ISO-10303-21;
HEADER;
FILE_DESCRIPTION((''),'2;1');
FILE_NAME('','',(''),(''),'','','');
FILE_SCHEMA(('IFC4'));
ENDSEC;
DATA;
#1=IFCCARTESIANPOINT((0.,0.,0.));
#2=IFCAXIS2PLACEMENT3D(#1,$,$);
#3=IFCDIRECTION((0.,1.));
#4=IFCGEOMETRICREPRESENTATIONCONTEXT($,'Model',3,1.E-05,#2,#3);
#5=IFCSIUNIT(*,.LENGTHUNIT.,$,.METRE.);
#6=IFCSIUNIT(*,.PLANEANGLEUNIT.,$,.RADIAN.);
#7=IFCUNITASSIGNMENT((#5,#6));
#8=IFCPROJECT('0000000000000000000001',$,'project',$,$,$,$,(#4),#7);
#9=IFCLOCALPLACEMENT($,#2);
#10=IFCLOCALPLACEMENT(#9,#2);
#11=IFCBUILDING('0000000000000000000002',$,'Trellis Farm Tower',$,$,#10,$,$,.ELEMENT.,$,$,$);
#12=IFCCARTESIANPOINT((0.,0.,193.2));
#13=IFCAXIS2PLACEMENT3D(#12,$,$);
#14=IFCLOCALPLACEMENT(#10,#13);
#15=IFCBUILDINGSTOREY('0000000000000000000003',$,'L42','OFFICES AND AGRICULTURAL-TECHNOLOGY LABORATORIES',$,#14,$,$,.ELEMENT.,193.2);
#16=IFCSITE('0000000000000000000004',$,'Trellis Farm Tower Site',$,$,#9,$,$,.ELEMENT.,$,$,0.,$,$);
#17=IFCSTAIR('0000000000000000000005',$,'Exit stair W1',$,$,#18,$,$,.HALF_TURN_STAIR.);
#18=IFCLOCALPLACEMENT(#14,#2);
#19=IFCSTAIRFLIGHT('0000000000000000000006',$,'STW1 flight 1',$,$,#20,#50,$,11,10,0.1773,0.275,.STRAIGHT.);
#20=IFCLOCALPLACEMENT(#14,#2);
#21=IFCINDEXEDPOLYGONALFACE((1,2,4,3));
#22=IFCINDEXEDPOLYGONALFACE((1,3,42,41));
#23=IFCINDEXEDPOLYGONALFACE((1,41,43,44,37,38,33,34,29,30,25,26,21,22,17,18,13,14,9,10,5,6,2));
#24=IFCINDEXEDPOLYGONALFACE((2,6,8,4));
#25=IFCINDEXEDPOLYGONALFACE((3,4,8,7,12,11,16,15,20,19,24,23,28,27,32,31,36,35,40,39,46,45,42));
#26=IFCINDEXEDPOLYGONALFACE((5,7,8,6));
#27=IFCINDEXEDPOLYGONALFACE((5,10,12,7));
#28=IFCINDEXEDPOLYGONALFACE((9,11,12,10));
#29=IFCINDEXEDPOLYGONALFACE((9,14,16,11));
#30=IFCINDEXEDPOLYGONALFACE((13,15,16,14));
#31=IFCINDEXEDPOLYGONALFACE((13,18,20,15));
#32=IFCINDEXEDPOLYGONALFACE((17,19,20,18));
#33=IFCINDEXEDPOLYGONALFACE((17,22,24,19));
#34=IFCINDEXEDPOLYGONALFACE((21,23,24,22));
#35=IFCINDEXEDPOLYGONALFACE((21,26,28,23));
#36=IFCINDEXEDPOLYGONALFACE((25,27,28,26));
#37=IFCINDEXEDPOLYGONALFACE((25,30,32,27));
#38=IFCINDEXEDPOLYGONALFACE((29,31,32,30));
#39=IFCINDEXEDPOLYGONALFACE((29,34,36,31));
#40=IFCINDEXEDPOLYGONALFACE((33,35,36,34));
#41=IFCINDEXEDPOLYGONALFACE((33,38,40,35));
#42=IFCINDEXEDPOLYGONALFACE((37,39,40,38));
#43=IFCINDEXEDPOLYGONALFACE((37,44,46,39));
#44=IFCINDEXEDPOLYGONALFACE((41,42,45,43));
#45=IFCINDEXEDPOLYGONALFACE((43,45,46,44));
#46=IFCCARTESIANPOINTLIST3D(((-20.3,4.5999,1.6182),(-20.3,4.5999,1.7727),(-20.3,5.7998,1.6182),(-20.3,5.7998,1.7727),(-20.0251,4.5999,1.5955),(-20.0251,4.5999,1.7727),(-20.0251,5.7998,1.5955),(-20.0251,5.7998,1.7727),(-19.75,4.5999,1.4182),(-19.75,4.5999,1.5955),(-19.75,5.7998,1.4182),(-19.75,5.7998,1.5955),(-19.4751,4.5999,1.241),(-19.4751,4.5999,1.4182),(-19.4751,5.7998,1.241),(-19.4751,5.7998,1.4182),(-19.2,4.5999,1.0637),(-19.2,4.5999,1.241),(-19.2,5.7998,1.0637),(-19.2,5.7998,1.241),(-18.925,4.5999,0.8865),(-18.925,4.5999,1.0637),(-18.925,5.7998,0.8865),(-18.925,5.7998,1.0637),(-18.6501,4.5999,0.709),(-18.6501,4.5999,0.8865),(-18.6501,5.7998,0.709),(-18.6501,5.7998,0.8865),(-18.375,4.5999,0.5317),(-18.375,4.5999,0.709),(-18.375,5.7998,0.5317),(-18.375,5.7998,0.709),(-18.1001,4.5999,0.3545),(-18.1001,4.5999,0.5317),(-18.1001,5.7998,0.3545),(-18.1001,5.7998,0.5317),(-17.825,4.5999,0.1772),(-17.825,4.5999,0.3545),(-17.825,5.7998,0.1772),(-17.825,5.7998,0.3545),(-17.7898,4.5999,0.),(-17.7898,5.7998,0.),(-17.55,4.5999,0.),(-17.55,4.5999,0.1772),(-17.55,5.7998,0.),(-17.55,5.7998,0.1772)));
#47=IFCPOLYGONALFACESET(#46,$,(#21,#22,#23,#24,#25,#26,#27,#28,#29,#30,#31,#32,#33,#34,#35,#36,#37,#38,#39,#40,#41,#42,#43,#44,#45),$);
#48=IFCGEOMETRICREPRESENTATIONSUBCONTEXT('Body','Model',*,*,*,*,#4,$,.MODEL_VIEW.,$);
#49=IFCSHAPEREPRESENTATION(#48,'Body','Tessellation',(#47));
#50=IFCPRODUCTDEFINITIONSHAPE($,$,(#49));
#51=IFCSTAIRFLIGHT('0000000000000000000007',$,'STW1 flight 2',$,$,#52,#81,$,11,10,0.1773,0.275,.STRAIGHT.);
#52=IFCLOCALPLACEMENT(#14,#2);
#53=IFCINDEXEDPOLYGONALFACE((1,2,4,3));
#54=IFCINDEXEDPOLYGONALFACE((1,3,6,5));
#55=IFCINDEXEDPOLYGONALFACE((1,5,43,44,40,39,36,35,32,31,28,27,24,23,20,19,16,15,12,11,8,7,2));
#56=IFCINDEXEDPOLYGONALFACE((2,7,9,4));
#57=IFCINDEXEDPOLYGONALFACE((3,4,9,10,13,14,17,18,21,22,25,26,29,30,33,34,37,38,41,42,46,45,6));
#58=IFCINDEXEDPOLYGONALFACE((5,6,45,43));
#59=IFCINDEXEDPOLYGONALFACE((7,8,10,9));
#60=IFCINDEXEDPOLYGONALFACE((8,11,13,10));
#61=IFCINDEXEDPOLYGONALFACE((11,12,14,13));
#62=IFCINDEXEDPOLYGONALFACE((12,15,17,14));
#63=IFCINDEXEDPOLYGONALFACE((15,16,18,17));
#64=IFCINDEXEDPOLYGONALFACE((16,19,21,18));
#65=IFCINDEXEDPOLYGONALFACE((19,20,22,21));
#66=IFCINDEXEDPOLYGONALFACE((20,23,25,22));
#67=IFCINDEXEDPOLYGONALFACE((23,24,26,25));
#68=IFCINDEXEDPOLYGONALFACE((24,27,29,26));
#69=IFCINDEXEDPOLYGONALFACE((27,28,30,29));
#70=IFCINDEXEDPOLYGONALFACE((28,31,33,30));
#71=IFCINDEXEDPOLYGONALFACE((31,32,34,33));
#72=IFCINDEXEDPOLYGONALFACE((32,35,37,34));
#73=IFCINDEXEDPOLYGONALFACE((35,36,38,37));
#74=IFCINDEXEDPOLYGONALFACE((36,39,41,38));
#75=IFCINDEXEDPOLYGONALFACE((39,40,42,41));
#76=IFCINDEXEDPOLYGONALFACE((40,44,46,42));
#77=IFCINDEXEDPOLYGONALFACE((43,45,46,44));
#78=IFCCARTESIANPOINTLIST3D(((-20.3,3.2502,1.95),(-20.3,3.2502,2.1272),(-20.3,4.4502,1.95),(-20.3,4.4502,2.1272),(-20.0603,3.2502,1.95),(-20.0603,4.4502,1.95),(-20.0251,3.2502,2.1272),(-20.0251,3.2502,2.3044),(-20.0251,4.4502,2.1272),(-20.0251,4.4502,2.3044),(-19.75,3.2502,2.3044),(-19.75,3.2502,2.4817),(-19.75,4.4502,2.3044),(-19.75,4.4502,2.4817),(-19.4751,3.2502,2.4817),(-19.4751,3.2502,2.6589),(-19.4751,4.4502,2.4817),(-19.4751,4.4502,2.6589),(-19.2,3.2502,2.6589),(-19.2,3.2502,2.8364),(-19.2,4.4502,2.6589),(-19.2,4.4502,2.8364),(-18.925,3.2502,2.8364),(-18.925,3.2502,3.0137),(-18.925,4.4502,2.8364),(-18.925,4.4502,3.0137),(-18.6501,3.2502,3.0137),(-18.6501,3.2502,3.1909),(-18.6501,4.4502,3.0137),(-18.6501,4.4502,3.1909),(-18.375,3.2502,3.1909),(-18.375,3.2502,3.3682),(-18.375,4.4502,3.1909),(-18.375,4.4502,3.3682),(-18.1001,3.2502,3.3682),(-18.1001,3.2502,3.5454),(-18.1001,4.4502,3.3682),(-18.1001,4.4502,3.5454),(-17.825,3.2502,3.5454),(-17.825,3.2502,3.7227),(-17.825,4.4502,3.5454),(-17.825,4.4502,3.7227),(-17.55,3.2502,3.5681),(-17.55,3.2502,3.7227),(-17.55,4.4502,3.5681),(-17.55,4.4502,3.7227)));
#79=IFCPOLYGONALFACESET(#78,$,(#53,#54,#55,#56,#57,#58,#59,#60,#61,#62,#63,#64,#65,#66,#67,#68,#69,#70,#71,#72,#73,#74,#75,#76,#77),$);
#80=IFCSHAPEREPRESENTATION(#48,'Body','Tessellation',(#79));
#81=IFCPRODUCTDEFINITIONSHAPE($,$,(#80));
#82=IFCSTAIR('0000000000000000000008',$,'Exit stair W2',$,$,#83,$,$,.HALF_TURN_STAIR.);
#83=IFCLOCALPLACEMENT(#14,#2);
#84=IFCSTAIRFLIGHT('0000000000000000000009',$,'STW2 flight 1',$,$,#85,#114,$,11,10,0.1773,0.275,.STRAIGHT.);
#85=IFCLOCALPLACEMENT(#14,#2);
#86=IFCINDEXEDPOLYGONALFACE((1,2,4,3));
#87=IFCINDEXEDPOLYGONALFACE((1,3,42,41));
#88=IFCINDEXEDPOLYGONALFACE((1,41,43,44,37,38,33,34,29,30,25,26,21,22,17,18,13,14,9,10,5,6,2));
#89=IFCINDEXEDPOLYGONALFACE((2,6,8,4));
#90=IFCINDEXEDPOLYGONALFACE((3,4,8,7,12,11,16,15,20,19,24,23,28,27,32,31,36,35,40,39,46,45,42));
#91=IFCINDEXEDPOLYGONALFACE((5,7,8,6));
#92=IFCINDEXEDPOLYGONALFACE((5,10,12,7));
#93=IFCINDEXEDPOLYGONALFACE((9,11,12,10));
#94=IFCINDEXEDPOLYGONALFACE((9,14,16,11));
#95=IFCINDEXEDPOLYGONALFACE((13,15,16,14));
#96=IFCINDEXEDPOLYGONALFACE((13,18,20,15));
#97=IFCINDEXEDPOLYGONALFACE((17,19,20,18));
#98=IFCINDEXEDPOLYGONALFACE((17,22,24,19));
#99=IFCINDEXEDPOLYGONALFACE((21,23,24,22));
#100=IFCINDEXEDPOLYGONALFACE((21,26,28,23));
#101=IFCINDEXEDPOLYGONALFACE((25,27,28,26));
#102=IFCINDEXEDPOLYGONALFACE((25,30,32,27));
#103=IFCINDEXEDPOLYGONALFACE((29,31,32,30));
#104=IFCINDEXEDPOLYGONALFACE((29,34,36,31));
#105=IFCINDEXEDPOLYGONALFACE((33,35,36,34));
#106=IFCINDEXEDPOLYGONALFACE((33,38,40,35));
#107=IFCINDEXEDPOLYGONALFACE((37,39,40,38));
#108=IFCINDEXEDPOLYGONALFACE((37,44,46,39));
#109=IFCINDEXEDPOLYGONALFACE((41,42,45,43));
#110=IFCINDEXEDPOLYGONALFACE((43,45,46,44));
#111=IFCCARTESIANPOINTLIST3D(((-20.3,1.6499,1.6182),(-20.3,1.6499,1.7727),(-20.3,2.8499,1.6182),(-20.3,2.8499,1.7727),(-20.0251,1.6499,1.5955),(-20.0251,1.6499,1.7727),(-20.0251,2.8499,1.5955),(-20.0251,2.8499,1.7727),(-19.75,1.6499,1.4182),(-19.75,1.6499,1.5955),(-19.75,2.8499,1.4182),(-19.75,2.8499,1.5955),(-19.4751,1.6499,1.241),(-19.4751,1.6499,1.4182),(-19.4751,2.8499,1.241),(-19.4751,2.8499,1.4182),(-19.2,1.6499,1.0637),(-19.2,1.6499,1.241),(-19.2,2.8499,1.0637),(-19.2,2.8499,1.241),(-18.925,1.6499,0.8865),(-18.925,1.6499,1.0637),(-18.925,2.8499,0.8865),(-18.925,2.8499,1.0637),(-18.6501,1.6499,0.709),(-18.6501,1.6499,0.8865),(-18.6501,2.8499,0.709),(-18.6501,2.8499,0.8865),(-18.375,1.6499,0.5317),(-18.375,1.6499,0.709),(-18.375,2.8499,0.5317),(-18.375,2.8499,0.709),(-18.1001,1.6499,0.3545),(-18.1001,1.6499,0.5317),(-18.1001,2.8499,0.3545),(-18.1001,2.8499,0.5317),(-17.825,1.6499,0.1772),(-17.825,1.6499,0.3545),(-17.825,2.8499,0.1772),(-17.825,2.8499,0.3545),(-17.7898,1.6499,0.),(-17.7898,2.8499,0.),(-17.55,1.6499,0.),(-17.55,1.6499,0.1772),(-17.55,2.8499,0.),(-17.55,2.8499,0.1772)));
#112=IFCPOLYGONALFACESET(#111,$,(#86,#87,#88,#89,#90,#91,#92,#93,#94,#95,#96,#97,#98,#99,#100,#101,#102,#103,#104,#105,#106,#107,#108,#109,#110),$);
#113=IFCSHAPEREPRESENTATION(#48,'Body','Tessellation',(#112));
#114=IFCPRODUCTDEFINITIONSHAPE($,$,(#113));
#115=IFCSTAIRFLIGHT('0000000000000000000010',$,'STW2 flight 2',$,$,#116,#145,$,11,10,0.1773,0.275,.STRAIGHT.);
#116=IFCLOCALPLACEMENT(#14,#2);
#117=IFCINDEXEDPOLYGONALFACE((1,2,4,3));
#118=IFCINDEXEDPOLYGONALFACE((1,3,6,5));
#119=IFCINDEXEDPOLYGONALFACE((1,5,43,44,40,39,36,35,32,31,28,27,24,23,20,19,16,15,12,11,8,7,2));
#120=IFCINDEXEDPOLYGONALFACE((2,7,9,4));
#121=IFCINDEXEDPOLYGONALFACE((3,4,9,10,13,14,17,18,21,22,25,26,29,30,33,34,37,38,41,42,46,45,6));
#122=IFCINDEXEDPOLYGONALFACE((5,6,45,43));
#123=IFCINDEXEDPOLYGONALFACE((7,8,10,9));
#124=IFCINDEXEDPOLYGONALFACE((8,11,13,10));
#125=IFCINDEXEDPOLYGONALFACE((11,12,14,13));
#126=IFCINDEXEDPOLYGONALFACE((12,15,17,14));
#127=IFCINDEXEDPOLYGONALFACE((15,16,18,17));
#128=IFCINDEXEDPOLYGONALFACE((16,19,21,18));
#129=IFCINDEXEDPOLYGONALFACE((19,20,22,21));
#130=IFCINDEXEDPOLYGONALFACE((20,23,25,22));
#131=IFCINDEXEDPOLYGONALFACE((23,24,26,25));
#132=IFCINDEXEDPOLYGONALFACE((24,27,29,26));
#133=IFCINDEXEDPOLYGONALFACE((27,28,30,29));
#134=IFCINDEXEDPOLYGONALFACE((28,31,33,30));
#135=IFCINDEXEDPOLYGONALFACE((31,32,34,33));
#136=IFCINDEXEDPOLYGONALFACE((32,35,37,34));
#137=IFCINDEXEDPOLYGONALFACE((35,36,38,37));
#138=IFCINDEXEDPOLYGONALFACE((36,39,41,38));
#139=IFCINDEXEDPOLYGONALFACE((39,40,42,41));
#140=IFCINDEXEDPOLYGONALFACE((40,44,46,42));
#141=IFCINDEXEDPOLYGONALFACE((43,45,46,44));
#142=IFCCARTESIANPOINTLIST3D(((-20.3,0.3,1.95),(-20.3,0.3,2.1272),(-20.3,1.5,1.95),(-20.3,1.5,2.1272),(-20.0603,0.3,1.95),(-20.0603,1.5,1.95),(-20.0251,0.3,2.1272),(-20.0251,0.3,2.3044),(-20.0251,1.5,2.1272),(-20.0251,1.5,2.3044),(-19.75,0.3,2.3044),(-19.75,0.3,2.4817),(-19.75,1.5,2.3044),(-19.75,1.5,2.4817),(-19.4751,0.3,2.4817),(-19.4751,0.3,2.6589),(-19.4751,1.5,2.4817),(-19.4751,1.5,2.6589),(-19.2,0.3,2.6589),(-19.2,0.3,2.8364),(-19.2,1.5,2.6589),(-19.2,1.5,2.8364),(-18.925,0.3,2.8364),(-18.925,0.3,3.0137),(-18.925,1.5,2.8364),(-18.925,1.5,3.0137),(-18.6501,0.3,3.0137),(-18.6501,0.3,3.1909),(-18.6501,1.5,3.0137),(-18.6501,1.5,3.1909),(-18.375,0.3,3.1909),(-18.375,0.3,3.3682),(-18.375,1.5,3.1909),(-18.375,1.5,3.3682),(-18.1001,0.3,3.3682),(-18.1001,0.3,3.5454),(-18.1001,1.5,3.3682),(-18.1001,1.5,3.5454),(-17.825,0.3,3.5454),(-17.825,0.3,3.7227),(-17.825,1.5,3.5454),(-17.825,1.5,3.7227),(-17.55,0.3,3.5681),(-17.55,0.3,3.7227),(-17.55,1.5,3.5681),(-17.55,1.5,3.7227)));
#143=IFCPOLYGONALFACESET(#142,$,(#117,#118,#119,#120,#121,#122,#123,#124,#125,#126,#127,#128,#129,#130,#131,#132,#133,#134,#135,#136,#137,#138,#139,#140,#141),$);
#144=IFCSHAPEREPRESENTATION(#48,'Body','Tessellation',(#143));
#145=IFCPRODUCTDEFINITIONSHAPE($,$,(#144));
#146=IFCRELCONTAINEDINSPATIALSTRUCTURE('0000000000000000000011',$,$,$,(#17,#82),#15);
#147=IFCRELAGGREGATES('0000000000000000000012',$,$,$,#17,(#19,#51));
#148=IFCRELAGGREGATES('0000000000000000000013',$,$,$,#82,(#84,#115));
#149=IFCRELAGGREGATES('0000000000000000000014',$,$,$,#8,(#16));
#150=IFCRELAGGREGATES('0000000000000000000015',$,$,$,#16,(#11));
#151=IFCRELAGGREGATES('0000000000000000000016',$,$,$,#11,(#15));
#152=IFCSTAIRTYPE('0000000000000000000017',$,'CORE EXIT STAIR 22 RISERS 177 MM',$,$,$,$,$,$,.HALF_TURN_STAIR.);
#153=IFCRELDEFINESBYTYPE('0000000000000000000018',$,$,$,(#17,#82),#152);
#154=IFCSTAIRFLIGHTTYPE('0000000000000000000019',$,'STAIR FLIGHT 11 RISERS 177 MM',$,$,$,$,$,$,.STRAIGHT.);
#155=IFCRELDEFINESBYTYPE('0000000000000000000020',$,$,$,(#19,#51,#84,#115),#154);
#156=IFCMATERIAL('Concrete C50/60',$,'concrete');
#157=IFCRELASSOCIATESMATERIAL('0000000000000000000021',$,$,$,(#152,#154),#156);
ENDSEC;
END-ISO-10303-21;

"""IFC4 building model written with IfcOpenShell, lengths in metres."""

from ifc_helpers import new_model, si_unit, direction, frame, origin, place, context, subcontext, project, spatial, polyline, outline, extrude, source, transform, mapped, material, type_object, element, aggregate, save


model = new_model("IFC4")

# Units and contexts
model_context = context("Model", 3, precision=1e-05, world=origin(), true_north=direction((0.0, 1.0)))
body_context = subcontext(model_context, "Body", "Model", "MODEL_VIEW")
ifc_project = project(units=[si_unit("LENGTHUNIT", "METRE"), si_unit("PLANEANGLEUNIT", "RADIAN")], contexts=[model_context])

# Site, building, storey
site_placement = place(None, origin())
site = spatial("IfcSite", under=ifc_project, at=site_placement, Name="Trellis Farm Tower Site", CompositionType="ELEMENT", RefElevation=0.0)
building_placement = place(site_placement, origin())
building = spatial("IfcBuilding", under=site, at=building_placement, Name="Trellis Farm Tower", CompositionType="ELEMENT")
storey_placement = place(building_placement, frame((0.0, 0.0, 193.2)))
storey = spatial("IfcBuildingStorey", under=building, at=storey_placement, Name="L42", Description="OFFICES AND AGRICULTURAL-TECHNOLOGY LABORATORIES", CompositionType="ELEMENT", Elevation=193.2)

# Shared definitions
placement = place(storey_placement, origin())

# Stairs, stair flights
ifc_material_1 = material(Name="Concrete C50/60", Category="concrete")
stair_type = type_object("IfcStairType", Name="CORE EXIT STAIR 22 RISERS 177 MM", PredefinedType="HALF_TURN_STAIR", material=ifc_material_1)
stair_1 = element("IfcStair", 1, at=placement, inside=storey, type_object=stair_type, Name="Exit stair W1", PredefinedType="HALF_TURN_STAIR")
stair_flight_type = type_object("IfcStairFlightType", Name="STAIR FLIGHT 11 RISERS 177 MM", PredefinedType="STRAIGHT", material=ifc_material_1)
shared_shape_1 = source(origin(), body_context, "Body", "SweptSolid", [
    extrude(outline(polyline([(0.0, 0.0), (0.0, 0.1772), (0.2749, 0.1772), (0.2749, 0.3545), (0.55, 0.3545), (0.55, 0.5317), (0.825, 0.5317), (0.825, 0.709), (1.1001, 0.709), (1.1001, 0.8865), (1.375, 0.8865), (1.375, 1.0637), (1.6499, 1.0637), (1.6499, 1.241), (1.925, 1.241), (1.925, 1.4182), (2.2, 1.4182), (2.2, 1.5955), (2.4751, 1.5955), (2.4751, 1.7727), (2.75, 1.7727), (2.75, 1.95), (2.75, 1.6182), (0.2397, 0.0), (0.0, 0.0)])), frame((0.0, 0.6001, 0.0), z_axis=(0.0, -1.0, 0.0), x_axis=(1.0, 0.0, 0.0)), (0.0, 0.0, 1.0), 1.2),
])
stair_flight_1_placement = place(storey_placement, frame((-17.55, 5.2, 0.0), z_axis=(0.0, 0.0, 1.0), x_axis=(-1.0, 0.0, 0.0)))
stair_flight_1 = element("IfcStairFlight", 2, at=stair_flight_1_placement, type_object=stair_flight_type, Name="STW1 flight 1", NumberOfRisers=11, NumberOfTreads=10, PredefinedType="STRAIGHT", RiserHeight=0.1773, TreadLength=0.275, context=body_context, shape_type="MappedRepresentation", body=[
    mapped(shared_shape_1, transform((0.0, 0.0, 0.0))),
])
stair_flight_2_placement = place(storey_placement, frame((-20.3, 3.8501, 1.95), z_axis=(0.0, 0.0, 1.0), x_axis=(1.0, 0.0, 0.0)))
stair_flight_2 = element("IfcStairFlight", 3, at=stair_flight_2_placement, type_object=stair_flight_type, Name="STW1 flight 2", NumberOfRisers=11, NumberOfTreads=10, PredefinedType="STRAIGHT", RiserHeight=0.1773, TreadLength=0.275, context=body_context, shape_type="MappedRepresentation", body=[
    mapped(shared_shape_1, transform((0.0, 0.0, 0.0))),
])
aggregate(stair_1, [stair_flight_1, stair_flight_2])
stair_2 = element("IfcStair", 4, at=placement, inside=storey, type_object=stair_type, Name="Exit stair W2", PredefinedType="HALF_TURN_STAIR")
stair_flight_3_placement = place(storey_placement, frame((-17.55, 2.25, 0.0), z_axis=(0.0, 0.0, 1.0), x_axis=(-1.0, 0.0, 0.0)))
stair_flight_3 = element("IfcStairFlight", 5, at=stair_flight_3_placement, type_object=stair_flight_type, Name="STW2 flight 1", NumberOfRisers=11, NumberOfTreads=10, PredefinedType="STRAIGHT", RiserHeight=0.1773, TreadLength=0.275, context=body_context, shape_type="MappedRepresentation", body=[
    mapped(shared_shape_1, transform((0.0, 0.0, 0.0))),
])
stair_flight_4_placement = place(storey_placement, frame((-20.3, 0.8999, 1.95), z_axis=(0.0, 0.0, 1.0), x_axis=(1.0, 0.0, 0.0)))
stair_flight_4 = element("IfcStairFlight", 6, at=stair_flight_4_placement, type_object=stair_flight_type, Name="STW2 flight 2", NumberOfRisers=11, NumberOfTreads=10, PredefinedType="STRAIGHT", RiserHeight=0.1773, TreadLength=0.275, context=body_context, shape_type="MappedRepresentation", body=[
    mapped(shared_shape_1, transform((0.0, 0.0, 0.0))),
])
aggregate(stair_2, [stair_flight_3, stair_flight_4])

save(model, "model.ifc")
